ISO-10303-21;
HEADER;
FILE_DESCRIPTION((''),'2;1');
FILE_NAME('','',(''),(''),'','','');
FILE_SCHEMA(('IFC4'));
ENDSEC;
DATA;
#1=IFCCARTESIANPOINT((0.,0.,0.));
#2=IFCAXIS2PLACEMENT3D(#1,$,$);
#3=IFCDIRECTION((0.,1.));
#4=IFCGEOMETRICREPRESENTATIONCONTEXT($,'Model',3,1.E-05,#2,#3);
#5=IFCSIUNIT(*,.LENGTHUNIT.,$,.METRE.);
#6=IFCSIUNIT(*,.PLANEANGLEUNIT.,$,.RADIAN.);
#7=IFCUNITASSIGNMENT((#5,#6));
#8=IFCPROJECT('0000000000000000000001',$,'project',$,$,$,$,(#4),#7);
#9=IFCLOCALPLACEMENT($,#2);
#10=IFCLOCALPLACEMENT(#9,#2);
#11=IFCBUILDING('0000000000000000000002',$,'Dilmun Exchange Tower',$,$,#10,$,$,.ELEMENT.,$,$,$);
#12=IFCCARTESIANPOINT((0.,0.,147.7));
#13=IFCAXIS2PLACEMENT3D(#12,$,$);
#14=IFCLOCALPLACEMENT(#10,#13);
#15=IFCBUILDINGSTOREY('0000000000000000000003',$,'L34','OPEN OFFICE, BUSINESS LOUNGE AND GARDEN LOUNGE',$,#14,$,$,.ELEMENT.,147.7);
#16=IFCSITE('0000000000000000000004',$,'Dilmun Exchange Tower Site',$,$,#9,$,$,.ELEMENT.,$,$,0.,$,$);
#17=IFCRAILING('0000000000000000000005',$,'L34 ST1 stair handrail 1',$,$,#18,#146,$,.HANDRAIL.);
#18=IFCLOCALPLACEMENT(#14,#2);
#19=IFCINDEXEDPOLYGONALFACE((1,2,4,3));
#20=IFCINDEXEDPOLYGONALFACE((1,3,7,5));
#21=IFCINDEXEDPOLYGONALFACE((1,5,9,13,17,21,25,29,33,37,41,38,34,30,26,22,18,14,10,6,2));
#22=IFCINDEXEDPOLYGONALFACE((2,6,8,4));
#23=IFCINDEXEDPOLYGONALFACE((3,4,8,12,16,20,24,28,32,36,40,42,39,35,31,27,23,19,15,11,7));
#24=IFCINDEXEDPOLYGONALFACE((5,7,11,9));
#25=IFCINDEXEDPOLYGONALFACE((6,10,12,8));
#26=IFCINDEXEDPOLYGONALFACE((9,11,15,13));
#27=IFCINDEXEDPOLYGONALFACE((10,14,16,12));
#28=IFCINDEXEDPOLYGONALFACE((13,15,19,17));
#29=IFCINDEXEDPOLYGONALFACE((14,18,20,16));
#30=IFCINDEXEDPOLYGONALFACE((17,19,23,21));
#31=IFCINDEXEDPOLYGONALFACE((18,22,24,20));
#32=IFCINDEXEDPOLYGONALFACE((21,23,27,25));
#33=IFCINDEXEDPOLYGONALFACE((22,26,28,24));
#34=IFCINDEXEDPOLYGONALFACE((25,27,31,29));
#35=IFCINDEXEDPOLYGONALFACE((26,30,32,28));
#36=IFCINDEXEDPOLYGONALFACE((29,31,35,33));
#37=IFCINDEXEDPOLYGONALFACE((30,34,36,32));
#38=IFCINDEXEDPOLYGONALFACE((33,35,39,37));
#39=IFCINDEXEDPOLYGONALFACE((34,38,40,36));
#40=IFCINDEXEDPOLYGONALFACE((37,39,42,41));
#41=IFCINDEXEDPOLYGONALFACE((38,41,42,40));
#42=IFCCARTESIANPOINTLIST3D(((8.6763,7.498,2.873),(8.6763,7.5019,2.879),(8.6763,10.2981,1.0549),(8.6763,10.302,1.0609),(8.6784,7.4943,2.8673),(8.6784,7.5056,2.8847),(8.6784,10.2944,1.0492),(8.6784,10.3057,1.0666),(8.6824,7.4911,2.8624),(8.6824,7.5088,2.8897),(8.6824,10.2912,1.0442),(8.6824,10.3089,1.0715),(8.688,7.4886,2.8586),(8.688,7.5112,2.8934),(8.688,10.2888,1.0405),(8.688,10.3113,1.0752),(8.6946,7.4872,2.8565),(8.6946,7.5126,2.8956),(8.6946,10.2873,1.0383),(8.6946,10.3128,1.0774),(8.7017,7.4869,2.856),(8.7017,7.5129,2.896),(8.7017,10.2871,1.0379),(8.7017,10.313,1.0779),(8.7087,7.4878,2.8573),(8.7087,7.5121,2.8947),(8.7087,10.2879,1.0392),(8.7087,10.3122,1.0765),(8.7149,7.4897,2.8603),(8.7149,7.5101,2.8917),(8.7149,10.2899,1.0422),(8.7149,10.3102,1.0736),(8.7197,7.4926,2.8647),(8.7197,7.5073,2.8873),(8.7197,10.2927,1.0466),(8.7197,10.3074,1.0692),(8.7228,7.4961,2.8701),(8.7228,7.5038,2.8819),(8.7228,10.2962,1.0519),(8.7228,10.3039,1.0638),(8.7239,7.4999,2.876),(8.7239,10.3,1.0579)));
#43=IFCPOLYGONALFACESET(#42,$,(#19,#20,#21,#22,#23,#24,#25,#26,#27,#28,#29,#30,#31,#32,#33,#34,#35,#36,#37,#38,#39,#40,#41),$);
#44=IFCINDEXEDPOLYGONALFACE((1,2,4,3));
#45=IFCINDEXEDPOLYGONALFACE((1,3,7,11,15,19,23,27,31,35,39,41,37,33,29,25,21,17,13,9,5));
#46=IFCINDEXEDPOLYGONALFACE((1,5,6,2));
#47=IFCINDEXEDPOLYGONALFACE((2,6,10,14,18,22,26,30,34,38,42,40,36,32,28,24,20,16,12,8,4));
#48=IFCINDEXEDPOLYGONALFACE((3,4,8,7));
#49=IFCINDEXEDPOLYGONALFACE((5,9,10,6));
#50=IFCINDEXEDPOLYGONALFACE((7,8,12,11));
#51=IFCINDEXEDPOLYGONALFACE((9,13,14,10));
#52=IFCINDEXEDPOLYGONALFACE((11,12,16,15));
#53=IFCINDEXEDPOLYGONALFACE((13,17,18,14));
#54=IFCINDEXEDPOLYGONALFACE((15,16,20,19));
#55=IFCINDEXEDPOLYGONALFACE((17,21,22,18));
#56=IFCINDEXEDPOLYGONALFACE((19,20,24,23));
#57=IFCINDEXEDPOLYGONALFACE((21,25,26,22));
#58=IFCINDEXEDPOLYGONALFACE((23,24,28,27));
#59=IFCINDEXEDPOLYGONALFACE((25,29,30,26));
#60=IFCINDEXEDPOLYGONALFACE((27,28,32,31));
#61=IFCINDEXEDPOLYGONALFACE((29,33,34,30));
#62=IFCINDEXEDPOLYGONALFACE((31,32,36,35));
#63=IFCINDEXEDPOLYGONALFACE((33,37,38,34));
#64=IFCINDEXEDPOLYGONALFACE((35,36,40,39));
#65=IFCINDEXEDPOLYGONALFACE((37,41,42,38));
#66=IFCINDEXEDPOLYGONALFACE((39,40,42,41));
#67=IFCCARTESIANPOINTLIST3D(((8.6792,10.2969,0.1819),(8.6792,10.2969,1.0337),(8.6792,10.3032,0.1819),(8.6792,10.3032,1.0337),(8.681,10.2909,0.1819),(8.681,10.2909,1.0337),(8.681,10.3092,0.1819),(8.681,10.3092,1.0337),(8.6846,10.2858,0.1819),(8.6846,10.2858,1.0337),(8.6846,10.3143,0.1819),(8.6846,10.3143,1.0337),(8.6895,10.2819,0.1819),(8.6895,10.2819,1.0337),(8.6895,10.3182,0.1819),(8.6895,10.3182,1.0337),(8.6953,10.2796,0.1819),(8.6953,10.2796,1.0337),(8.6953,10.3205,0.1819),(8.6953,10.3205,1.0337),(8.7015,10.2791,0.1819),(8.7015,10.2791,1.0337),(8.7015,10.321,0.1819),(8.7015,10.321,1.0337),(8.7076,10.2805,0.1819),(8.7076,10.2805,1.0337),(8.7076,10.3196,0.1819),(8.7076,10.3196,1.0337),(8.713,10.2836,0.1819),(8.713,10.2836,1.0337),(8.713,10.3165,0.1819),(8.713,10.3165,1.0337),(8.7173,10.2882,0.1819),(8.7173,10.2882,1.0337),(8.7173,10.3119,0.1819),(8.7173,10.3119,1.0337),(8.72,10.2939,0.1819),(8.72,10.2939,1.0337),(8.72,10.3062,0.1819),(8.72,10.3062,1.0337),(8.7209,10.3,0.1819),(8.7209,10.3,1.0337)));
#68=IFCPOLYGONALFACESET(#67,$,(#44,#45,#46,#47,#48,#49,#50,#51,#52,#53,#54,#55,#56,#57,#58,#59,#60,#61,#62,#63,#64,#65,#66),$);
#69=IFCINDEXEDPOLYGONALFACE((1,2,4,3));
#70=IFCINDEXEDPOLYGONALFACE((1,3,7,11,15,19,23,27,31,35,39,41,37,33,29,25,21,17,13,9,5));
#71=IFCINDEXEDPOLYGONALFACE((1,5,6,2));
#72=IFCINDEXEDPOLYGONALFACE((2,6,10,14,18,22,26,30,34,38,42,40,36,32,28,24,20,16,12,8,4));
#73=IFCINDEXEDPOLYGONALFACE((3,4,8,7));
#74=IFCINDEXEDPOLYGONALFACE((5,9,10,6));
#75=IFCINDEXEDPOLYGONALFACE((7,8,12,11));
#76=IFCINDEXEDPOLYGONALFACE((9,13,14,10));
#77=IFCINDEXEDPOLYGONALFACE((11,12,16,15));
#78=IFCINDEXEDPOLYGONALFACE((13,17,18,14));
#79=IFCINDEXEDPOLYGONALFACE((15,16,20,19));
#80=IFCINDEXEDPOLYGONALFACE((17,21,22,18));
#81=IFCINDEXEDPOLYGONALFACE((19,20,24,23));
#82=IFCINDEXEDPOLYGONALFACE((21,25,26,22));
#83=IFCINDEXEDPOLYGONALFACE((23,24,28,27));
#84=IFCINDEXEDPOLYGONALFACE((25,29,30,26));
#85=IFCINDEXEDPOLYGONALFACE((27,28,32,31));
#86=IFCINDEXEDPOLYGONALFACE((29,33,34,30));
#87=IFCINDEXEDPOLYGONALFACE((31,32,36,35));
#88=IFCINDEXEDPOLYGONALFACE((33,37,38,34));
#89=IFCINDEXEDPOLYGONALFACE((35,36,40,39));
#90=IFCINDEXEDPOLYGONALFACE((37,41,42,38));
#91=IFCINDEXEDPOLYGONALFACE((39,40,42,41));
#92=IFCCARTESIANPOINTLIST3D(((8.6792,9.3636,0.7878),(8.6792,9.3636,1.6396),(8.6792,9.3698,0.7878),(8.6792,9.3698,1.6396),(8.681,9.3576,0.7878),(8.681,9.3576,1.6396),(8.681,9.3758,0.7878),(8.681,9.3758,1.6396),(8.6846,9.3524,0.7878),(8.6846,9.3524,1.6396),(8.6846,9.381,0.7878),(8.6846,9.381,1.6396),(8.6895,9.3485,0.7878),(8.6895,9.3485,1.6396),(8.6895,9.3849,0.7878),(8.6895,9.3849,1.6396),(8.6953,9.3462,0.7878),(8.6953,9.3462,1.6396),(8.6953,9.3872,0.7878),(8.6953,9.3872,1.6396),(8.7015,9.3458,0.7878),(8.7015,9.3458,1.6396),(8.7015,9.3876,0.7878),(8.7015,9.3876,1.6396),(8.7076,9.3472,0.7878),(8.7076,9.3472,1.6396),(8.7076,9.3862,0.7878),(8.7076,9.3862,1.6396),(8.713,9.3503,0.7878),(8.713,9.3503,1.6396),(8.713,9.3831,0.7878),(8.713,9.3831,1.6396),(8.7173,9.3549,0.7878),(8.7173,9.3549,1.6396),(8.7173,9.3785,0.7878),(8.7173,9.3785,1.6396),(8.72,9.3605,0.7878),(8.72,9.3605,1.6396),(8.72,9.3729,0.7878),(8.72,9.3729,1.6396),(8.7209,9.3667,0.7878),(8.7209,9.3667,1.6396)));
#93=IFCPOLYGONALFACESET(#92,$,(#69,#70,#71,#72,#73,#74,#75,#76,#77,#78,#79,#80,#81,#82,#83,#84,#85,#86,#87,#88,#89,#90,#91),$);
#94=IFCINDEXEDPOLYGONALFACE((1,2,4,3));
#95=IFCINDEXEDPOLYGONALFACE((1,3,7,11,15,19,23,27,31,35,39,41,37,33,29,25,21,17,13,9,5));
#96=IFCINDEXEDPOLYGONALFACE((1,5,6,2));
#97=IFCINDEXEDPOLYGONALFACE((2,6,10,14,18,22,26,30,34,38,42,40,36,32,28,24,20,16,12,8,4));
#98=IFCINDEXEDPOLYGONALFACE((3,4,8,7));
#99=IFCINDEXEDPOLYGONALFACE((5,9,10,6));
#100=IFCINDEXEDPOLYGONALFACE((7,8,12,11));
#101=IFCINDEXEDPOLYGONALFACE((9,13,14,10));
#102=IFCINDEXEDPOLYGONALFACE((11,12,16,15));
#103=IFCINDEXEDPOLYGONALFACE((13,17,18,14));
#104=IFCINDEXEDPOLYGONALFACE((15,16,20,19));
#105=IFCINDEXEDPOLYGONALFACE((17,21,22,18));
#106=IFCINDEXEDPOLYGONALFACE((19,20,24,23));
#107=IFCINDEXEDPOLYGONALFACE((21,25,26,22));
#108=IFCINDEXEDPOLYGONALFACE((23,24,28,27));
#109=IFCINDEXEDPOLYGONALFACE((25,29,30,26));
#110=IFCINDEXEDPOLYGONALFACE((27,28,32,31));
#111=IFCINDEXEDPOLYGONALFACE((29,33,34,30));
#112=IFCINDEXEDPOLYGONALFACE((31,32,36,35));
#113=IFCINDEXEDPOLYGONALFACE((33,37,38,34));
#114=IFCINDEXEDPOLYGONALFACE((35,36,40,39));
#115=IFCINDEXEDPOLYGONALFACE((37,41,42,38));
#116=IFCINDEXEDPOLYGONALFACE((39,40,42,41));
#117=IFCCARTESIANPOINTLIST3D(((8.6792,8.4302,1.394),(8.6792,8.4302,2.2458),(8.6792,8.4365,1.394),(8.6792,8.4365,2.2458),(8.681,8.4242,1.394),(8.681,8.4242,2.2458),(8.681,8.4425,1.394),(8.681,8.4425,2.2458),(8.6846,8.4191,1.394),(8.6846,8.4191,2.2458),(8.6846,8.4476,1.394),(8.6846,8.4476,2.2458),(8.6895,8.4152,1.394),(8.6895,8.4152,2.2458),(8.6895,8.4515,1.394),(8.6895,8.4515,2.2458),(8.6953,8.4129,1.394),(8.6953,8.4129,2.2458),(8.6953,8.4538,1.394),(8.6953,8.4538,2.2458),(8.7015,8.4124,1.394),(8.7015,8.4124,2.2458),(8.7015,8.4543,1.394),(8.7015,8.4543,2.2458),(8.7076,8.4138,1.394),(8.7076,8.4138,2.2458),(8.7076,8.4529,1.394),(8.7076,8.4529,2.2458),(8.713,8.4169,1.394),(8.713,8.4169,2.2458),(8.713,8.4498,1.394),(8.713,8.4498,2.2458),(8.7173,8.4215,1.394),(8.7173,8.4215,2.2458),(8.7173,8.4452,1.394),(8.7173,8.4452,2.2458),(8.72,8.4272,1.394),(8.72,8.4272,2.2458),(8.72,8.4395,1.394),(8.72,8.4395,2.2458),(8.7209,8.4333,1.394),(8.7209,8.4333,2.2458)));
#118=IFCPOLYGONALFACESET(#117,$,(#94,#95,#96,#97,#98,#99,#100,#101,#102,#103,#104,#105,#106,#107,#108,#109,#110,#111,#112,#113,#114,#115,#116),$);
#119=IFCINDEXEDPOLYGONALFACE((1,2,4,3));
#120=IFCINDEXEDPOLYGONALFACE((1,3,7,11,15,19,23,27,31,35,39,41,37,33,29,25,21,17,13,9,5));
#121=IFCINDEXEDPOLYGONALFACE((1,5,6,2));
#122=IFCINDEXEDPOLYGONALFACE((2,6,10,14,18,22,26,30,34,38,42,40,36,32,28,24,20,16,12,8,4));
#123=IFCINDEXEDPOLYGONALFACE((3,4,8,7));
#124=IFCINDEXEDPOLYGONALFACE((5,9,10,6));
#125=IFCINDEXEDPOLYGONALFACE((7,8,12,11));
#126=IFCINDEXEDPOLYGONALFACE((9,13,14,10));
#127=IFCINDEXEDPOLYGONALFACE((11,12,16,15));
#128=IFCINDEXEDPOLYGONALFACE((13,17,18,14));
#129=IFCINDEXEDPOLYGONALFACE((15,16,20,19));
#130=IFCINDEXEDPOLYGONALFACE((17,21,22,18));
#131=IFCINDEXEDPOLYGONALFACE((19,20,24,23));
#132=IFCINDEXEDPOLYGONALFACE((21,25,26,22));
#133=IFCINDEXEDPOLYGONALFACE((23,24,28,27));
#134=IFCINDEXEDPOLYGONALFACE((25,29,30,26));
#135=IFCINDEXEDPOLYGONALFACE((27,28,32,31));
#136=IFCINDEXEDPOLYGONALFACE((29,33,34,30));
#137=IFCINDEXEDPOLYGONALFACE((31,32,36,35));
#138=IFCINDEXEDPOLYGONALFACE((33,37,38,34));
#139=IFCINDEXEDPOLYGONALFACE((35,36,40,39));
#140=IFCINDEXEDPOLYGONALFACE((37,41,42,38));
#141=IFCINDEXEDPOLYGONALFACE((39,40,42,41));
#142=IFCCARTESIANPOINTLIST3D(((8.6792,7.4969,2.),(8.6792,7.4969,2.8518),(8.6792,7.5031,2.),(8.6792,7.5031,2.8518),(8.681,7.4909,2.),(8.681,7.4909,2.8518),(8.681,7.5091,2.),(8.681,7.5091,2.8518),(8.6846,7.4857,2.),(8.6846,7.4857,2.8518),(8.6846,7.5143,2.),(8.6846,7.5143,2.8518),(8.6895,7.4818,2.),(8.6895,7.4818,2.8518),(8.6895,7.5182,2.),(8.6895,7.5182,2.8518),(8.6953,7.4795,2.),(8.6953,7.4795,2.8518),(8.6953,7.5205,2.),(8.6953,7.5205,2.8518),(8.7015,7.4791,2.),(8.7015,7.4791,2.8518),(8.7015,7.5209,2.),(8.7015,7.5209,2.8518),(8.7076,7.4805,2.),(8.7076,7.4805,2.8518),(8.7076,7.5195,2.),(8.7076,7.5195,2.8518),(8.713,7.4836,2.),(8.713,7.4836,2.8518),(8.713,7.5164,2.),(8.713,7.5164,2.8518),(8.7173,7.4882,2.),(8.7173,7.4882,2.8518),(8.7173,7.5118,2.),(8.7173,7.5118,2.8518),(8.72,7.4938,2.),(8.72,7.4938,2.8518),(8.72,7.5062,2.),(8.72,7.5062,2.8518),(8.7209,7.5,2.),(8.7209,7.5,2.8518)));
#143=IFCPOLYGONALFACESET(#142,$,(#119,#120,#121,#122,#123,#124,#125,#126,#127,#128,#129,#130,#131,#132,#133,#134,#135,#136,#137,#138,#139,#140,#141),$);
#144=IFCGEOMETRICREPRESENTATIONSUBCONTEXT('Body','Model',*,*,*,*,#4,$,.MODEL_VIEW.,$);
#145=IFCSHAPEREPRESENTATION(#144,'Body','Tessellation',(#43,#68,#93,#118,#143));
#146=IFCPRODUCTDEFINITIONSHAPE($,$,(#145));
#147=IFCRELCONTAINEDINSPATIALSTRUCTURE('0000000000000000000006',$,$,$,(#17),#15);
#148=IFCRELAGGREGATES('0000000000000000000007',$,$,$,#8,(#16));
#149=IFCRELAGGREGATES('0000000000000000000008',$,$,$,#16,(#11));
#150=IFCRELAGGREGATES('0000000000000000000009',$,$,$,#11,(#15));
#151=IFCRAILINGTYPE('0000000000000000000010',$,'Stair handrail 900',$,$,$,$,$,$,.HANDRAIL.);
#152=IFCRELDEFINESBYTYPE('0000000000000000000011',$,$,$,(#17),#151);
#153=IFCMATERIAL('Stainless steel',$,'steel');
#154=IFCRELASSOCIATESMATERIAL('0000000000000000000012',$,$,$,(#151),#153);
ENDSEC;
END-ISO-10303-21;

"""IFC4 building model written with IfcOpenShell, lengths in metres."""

from ifc_helpers import new_model, si_unit, direction, frame, origin, origin_2d, place, context, subcontext, project, spatial, circle, extrude, material, type_object, element, save


model = new_model("IFC4")

# Units and contexts
model_context = context("Model", 3, precision=1e-05, world=origin(), true_north=direction((0.0, 1.0)))
body_context = subcontext(model_context, "Body", "Model", "MODEL_VIEW")
ifc_project = project(units=[si_unit("LENGTHUNIT", "METRE"), si_unit("PLANEANGLEUNIT", "RADIAN")], contexts=[model_context])

# Site, building, storey
site_placement = place(None, origin())
site = spatial("IfcSite", under=ifc_project, at=site_placement, Name="Dilmun Exchange Tower Site", CompositionType="ELEMENT", RefElevation=0.0)
building_placement = place(site_placement, origin())
building = spatial("IfcBuilding", under=site, at=building_placement, Name="Dilmun Exchange Tower", CompositionType="ELEMENT")
storey_placement = place(building_placement, frame((0.0, 0.0, 147.7)))
storey = spatial("IfcBuildingStorey", under=building, at=storey_placement, Name="L34", Description="OPEN OFFICE, BUSINESS LOUNGE AND GARDEN LOUNGE", CompositionType="ELEMENT", Elevation=147.7)

# Railing
ifc_material_1 = material(Name="Stainless steel", Category="steel")
railing_type = type_object("IfcRailingType", Name="Stair handrail 900", PredefinedType="HANDRAIL", material=ifc_material_1)
railing_1_placement = place(storey_placement, frame((8.7, 10.3, 0.1819)))
element("IfcRailing", 1, at=railing_1_placement, inside=storey, type_object=railing_type, Name="L34 ST1 stair handrail 1", PredefinedType="HANDRAIL", context=body_context, shape_type="SweptSolid", body=[
    extrude(circle(Radius=0.0239, at=origin_2d()), frame((0.0, 0.0, 0.876), z_axis=(0.0, -0.838706, 0.544585), x_axis=(1.0, 0.0, 0.0)), (0.0, 0.0, 1.0), 3.3386),
    extrude(circle(Radius=0.021, at=origin_2d()), origin(), (0.0, 0.0, 1.0), 0.8518),
    extrude(circle(Radius=0.021, at=origin_2d()), frame((0.0, -0.9333, 0.606)), (0.0, 0.0, 1.0), 0.8518),
    extrude(circle(Radius=0.021, at=origin_2d()), frame((0.0, -1.8667, 1.2122)), (0.0, 0.0, 1.0), 0.8518),
    extrude(circle(Radius=0.021, at=origin_2d()), frame((0.0, -2.8, 1.8181)), (0.0, 0.0, 1.0), 0.8518),
])

save(model, "model.ifc")
